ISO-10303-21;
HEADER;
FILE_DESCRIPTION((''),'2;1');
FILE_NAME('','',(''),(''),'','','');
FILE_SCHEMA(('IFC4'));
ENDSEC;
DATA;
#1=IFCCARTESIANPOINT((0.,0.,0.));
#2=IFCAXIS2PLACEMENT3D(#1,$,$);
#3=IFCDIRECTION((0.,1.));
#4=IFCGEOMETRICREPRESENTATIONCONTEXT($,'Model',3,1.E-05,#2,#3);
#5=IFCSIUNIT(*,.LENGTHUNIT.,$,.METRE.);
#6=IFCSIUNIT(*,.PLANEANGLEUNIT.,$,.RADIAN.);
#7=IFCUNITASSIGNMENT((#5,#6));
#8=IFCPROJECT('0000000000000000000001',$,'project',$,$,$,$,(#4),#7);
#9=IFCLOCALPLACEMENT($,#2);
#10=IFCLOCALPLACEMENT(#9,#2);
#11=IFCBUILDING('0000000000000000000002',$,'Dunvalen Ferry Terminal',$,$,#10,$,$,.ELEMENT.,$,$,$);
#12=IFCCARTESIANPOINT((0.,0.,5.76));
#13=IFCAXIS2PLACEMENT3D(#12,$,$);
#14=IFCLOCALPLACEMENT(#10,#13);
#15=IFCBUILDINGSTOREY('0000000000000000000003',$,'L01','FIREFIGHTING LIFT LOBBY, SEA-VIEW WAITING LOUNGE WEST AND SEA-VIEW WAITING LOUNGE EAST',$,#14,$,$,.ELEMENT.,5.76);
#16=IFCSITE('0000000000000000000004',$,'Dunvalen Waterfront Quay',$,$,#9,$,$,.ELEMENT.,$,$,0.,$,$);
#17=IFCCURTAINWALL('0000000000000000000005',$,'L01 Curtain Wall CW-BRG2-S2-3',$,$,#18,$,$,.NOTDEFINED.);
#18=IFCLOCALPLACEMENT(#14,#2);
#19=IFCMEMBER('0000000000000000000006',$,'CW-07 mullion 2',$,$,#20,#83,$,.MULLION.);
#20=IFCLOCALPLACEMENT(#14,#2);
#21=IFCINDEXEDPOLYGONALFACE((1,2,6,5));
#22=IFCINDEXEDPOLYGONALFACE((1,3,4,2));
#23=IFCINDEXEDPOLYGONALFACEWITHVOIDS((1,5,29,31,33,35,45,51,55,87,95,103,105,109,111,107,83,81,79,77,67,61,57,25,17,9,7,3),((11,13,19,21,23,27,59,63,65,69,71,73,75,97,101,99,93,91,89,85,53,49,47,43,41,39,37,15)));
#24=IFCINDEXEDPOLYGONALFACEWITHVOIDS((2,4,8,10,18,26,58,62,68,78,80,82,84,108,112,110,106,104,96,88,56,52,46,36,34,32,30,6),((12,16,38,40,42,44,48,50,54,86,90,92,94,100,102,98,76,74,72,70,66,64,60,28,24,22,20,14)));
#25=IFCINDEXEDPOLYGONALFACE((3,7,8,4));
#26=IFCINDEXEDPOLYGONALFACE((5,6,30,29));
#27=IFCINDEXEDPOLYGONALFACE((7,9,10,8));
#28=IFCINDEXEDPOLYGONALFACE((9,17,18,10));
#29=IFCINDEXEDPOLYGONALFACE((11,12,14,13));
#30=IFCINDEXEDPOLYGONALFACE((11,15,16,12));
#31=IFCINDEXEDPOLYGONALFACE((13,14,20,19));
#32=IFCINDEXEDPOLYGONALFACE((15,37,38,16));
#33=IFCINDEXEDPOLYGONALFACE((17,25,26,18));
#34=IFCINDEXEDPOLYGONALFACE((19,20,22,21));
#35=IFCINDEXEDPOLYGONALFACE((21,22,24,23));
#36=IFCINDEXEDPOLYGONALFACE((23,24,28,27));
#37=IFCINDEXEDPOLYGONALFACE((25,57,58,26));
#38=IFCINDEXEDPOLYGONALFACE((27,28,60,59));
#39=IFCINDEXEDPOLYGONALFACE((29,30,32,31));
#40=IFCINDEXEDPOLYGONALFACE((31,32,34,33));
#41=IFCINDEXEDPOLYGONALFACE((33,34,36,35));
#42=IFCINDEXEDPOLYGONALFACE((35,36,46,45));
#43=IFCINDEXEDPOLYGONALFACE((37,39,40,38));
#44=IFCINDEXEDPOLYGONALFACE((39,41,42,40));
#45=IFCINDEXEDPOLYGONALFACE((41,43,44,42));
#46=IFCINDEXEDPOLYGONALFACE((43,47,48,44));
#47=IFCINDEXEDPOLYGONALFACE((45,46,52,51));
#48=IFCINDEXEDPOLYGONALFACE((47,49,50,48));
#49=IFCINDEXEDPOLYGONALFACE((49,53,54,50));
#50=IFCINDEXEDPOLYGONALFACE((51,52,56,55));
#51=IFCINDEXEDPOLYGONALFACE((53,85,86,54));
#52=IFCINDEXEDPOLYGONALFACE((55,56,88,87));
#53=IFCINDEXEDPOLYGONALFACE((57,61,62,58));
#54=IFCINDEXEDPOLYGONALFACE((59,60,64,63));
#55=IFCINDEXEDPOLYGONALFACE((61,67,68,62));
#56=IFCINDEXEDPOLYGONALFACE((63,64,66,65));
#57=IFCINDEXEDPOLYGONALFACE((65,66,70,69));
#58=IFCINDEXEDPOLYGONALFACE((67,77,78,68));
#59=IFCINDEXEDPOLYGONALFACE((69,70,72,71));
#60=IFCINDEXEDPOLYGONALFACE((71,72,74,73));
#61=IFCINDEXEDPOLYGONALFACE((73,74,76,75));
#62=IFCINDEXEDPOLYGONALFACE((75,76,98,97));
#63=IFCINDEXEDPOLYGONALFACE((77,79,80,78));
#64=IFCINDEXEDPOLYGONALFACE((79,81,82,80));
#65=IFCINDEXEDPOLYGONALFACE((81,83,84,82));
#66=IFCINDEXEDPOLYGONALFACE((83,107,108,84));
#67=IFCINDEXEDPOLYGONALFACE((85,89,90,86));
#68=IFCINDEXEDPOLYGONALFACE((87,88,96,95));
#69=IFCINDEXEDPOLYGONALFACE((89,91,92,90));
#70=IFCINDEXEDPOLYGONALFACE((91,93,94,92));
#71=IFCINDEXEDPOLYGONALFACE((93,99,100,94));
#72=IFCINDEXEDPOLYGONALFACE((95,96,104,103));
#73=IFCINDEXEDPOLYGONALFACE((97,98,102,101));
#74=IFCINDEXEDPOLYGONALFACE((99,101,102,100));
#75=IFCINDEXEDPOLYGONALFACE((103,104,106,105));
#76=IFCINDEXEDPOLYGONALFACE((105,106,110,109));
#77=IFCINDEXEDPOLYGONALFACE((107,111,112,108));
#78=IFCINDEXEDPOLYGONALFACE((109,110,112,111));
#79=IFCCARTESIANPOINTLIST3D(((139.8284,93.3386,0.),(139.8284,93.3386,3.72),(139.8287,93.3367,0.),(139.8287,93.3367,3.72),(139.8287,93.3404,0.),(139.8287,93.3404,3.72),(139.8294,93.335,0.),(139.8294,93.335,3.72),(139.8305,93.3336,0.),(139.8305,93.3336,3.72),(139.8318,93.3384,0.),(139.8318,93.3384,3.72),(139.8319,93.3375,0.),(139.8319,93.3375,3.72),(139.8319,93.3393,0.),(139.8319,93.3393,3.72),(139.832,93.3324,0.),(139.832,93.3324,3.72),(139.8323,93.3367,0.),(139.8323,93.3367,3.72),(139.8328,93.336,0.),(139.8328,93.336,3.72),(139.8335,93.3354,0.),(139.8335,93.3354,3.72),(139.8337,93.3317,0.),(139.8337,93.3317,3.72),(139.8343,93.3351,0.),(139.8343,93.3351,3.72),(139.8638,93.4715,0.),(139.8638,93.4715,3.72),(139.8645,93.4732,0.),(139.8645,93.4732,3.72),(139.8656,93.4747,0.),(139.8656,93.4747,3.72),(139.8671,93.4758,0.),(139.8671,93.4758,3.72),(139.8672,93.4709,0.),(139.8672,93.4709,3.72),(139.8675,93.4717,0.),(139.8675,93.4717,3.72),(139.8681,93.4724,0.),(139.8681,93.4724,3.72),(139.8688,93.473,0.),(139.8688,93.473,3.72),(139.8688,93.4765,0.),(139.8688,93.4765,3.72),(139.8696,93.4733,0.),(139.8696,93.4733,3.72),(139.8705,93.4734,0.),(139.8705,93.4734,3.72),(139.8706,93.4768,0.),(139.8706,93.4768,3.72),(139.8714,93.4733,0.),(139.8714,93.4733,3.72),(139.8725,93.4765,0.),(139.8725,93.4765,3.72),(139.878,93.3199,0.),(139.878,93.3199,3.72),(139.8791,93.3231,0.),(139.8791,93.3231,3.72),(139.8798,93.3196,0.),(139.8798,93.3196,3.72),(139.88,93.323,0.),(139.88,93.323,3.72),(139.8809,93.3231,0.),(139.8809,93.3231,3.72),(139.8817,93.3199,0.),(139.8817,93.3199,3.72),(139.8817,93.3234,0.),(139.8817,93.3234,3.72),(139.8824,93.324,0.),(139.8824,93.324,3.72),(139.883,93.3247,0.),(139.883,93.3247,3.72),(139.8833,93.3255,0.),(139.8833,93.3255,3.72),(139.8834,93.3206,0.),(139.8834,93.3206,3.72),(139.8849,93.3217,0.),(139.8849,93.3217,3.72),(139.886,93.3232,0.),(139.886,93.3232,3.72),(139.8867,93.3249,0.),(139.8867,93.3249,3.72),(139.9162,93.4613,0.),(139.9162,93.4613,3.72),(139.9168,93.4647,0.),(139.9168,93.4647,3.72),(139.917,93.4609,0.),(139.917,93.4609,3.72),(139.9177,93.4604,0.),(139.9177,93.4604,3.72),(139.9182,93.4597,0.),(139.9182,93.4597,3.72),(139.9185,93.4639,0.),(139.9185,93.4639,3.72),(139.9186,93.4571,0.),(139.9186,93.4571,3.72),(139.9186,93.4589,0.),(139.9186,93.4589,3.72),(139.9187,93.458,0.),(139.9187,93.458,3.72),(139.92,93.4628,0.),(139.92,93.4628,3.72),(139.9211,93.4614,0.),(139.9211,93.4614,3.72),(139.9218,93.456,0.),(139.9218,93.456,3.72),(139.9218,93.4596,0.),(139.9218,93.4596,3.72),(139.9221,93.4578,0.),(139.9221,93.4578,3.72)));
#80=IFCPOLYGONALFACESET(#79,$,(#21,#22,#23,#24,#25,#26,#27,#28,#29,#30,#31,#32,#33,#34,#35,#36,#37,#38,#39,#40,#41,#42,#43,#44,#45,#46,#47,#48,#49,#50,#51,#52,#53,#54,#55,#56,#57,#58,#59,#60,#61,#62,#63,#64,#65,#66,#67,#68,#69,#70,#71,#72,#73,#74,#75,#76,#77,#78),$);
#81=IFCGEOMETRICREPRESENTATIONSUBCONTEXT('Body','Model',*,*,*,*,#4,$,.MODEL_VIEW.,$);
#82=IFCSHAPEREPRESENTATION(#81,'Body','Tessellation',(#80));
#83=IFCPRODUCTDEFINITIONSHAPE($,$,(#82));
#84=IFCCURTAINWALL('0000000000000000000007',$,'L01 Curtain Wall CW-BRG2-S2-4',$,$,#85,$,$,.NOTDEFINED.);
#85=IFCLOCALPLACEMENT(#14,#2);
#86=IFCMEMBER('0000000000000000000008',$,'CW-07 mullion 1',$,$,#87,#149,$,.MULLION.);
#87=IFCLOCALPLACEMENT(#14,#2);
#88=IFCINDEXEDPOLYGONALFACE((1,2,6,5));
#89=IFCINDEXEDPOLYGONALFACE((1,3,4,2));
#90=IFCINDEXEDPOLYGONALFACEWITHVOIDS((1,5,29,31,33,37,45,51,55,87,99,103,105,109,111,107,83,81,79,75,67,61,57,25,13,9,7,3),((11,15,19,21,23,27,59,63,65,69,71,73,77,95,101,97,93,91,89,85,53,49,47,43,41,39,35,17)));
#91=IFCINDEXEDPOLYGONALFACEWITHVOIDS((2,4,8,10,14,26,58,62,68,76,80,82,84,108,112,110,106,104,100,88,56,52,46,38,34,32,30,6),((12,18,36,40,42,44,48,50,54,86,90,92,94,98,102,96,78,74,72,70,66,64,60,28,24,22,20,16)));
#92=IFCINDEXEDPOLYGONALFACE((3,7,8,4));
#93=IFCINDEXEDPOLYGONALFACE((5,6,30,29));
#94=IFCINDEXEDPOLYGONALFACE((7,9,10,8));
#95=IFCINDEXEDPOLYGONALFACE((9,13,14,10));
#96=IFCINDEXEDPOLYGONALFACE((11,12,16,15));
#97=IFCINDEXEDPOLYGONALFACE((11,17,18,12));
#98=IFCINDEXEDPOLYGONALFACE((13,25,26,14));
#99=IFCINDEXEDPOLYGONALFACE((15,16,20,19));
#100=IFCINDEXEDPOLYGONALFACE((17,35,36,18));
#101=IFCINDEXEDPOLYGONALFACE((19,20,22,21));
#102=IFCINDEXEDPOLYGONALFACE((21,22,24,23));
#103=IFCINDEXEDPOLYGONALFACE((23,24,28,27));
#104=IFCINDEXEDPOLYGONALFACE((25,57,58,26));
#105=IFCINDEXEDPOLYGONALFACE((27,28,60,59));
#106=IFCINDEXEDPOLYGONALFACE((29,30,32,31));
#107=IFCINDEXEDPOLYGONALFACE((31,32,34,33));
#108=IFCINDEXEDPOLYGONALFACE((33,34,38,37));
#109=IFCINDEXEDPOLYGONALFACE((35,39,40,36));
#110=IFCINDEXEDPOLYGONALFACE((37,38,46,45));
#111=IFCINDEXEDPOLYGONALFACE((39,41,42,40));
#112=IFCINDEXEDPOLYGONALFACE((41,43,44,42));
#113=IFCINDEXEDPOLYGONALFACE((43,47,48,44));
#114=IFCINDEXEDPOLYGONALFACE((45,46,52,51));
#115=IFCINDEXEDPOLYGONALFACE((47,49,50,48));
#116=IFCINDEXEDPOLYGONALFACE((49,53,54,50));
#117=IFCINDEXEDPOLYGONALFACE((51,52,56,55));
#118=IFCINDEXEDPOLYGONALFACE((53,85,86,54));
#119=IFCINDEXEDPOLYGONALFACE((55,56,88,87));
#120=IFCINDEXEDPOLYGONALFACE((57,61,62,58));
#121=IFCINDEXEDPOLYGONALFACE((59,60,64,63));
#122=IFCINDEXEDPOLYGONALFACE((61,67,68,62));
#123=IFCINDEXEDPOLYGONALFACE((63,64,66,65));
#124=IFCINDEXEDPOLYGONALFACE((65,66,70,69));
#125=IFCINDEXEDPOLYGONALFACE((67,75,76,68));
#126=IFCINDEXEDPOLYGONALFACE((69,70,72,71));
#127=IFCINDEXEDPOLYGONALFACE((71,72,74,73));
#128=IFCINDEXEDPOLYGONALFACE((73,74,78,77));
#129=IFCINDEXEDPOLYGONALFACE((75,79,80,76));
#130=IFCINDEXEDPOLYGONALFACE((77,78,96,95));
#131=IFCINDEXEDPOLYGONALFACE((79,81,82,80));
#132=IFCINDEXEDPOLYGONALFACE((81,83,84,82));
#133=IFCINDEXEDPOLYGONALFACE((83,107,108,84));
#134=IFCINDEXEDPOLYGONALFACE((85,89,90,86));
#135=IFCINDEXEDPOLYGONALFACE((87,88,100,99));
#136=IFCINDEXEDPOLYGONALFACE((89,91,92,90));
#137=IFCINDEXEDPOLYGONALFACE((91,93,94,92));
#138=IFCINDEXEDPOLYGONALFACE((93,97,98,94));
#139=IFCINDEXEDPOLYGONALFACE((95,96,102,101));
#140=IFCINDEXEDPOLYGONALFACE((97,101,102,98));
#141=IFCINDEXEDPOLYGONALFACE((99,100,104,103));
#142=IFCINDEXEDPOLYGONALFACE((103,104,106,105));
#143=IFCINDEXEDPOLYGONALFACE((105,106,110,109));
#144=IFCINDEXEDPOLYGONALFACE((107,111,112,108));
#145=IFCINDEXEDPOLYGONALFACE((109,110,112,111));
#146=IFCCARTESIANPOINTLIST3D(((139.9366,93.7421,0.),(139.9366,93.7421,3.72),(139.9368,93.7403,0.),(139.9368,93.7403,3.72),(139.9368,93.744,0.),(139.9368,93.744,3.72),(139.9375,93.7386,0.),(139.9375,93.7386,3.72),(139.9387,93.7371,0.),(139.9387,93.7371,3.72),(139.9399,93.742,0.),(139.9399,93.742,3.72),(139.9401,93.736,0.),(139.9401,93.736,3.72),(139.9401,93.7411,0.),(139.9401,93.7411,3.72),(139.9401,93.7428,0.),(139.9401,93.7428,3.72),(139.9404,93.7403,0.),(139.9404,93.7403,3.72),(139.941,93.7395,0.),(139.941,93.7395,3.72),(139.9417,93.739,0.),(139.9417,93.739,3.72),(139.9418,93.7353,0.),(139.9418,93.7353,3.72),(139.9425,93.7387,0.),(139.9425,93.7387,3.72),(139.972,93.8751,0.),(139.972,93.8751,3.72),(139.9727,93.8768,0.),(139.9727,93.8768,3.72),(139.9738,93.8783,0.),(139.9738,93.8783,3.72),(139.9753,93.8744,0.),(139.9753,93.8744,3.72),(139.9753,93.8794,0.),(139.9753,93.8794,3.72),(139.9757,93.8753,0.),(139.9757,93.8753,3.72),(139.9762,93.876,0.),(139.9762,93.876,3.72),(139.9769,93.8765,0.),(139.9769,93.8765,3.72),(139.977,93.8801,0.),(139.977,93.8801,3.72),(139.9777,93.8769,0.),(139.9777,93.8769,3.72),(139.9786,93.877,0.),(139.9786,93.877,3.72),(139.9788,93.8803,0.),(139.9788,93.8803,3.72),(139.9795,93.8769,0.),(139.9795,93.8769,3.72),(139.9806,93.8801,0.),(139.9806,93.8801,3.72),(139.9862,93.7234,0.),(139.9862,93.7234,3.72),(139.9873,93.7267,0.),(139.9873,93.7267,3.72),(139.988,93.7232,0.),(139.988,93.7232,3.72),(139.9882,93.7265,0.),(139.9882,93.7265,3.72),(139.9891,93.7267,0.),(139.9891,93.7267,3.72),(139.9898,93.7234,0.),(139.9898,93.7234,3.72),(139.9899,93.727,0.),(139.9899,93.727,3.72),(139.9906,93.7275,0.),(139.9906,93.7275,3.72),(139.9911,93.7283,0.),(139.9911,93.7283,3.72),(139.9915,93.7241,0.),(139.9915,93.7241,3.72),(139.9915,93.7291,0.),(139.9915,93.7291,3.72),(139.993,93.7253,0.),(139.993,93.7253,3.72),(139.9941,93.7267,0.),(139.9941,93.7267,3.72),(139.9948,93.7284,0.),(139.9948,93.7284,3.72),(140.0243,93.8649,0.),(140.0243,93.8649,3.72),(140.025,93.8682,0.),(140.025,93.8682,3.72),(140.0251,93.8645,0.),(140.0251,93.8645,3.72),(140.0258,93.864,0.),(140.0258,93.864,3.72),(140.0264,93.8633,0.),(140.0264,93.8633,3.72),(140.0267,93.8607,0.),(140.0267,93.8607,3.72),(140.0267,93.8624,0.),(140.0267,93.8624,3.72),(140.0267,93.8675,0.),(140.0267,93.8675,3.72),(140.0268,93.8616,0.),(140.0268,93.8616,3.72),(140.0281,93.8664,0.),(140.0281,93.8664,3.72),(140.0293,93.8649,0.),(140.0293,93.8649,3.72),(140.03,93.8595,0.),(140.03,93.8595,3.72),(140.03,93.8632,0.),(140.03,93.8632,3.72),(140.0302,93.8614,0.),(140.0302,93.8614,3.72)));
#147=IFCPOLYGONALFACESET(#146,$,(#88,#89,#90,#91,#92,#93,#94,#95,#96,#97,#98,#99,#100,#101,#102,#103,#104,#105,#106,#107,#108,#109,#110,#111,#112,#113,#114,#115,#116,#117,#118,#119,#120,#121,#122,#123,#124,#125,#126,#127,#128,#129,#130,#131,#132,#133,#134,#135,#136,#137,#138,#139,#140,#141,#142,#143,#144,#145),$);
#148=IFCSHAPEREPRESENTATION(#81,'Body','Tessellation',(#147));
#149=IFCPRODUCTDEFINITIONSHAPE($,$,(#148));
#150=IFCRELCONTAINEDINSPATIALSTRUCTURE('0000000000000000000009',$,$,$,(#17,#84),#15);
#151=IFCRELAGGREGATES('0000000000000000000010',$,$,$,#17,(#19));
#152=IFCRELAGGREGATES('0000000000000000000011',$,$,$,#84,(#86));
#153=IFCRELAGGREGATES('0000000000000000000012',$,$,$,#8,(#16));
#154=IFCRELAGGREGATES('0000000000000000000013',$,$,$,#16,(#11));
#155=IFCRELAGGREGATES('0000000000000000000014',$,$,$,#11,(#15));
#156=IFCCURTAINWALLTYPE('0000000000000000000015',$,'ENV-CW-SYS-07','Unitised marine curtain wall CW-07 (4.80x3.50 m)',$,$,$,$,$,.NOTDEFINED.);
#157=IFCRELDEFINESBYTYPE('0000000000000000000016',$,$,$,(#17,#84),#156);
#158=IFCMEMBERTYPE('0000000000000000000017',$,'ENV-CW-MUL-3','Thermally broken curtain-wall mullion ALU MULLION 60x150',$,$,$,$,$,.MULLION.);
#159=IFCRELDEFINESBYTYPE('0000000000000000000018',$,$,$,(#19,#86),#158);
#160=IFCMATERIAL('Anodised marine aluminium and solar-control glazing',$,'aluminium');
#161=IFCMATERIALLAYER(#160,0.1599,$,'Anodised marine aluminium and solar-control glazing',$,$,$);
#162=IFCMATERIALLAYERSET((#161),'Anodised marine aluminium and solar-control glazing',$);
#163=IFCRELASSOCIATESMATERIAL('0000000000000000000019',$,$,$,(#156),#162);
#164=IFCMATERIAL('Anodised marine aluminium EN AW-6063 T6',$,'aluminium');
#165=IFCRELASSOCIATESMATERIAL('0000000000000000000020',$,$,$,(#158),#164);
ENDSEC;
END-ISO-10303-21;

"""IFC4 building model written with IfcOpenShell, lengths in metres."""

from ifc_helpers import new_model, si_unit, direction, frame, origin, origin_2d, place, context, subcontext, project, spatial, hollow_rectangle, extrude, material, layer, layer_set, material_profile, profile_set, type_object, element, aggregate, save


model = new_model("IFC4")

# Units and contexts
model_context = context("Model", 3, precision=1e-05, world=origin(), true_north=direction((0.0, 1.0)))
body_context = subcontext(model_context, "Body", "Model", "MODEL_VIEW")
ifc_project = project(units=[si_unit("LENGTHUNIT", "METRE"), si_unit("PLANEANGLEUNIT", "RADIAN")], contexts=[model_context])

# Site, building, storey
site_placement = place(None, origin())
site = spatial("IfcSite", under=ifc_project, at=site_placement, Name="Dunvalen Waterfront Quay", CompositionType="ELEMENT", RefElevation=0.0)
building_placement = place(site_placement, origin())
building = spatial("IfcBuilding", under=site, at=building_placement, Name="Dunvalen Ferry Terminal", CompositionType="ELEMENT")
storey_placement = place(building_placement, frame((0.0, 0.0, 5.76)))
storey = spatial("IfcBuildingStorey", under=building, at=storey_placement, Name="L01", Description="FIREFIGHTING LIFT LOBBY, SEA-VIEW WAITING LOUNGE WEST AND SEA-VIEW WAITING LOUNGE EAST", CompositionType="ELEMENT", Elevation=5.76)

# Shared definitions
ifc_material_1 = material(Name="Anodised marine aluminium and solar-control glazing", Category="aluminium")
ifc_material_2 = material(Name="Anodised marine aluminium EN AW-6063 T6", Category="aluminium")

# Curtain wall, member
ifc_layer_1 = layer(ifc_material_1, 0.1599, Name="Anodised marine aluminium and solar-control glazing")
ifc_layer_set_1 = layer_set([ifc_layer_1], Name="Anodised marine aluminium and solar-control glazing")
curtain_wall_type_1 = type_object("IfcCurtainWallType", Name="ENV-CW-SYS-07", Description="Unitised marine curtain wall CW-07 (4.80x3.50 m)", PredefinedType="NOTDEFINED", material=ifc_layer_set_1)
curtain_wall_1_placement = place(storey_placement, origin())
curtain_wall_1 = element("IfcCurtainWall", 1, at=curtain_wall_1_placement, inside=storey, type_object=curtain_wall_type_1, Name="L01 Curtain Wall CW-BRG2-S2-3", PredefinedType="NOTDEFINED")
ifc_material_profile_1 = material_profile(ifc_material_2, hollow_rectangle(XDim=0.0601, YDim=0.1499, WallThickness=0.0034, InnerFilletRadius=0.0034, OuterFilletRadius=0.0071, at=origin_2d()), Name="Anodised marine aluminium EN AW-6063 T6")
ifc_profile_set_1 = profile_set([ifc_material_profile_1], Name="Anodised marine aluminium EN AW-6063 T6")
member_type_1 = type_object("IfcMemberType", Name="ENV-CW-MUL-3", Description="Thermally broken curtain-wall mullion ALU MULLION 60x150", PredefinedType="MULLION", material=ifc_profile_set_1)
member_1_placement = place(storey_placement, frame((139.8752, 93.3982, 0.0), z_axis=(0.0, 0.0, 1.0), x_axis=(-0.965935, 0.258786, 0.0)))
member_1 = element("IfcMember", 2, at=member_1_placement, type_object=member_type_1, Name="CW-07 mullion 2", PredefinedType="MULLION", context=body_context, shape_type="SweptSolid", body=[
    extrude(hollow_rectangle(XDim=0.0601, YDim=0.1499, WallThickness=0.0034, InnerFilletRadius=0.0034, OuterFilletRadius=0.0071, at=origin_2d()), origin(), (0.0, 0.0, 1.0), 3.72),
])

# Curtain wall, member
curtain_wall_2_placement = place(storey_placement, origin())
curtain_wall_2 = element("IfcCurtainWall", 3, at=curtain_wall_2_placement, inside=storey, type_object=curtain_wall_type_1, Name="L01 Curtain Wall CW-BRG2-S2-4", PredefinedType="NOTDEFINED")
member_2_placement = place(storey_placement, frame((139.9834, 93.8018, 0.0), z_axis=(0.0, 0.0, 1.0), x_axis=(-0.965935, 0.258786, 0.0)))
member_2 = element("IfcMember", 4, at=member_2_placement, type_object=member_type_1, Name="CW-07 mullion 1", PredefinedType="MULLION", context=body_context, shape_type="SweptSolid", body=[
    extrude(hollow_rectangle(XDim=0.0601, YDim=0.1499, WallThickness=0.0034, InnerFilletRadius=0.0034, OuterFilletRadius=0.0071, at=origin_2d()), origin(), (0.0, 0.0, 1.0), 3.72),
])

aggregate(curtain_wall_1, [member_1])
aggregate(curtain_wall_2, [member_2])

save(model, "model.ifc")
